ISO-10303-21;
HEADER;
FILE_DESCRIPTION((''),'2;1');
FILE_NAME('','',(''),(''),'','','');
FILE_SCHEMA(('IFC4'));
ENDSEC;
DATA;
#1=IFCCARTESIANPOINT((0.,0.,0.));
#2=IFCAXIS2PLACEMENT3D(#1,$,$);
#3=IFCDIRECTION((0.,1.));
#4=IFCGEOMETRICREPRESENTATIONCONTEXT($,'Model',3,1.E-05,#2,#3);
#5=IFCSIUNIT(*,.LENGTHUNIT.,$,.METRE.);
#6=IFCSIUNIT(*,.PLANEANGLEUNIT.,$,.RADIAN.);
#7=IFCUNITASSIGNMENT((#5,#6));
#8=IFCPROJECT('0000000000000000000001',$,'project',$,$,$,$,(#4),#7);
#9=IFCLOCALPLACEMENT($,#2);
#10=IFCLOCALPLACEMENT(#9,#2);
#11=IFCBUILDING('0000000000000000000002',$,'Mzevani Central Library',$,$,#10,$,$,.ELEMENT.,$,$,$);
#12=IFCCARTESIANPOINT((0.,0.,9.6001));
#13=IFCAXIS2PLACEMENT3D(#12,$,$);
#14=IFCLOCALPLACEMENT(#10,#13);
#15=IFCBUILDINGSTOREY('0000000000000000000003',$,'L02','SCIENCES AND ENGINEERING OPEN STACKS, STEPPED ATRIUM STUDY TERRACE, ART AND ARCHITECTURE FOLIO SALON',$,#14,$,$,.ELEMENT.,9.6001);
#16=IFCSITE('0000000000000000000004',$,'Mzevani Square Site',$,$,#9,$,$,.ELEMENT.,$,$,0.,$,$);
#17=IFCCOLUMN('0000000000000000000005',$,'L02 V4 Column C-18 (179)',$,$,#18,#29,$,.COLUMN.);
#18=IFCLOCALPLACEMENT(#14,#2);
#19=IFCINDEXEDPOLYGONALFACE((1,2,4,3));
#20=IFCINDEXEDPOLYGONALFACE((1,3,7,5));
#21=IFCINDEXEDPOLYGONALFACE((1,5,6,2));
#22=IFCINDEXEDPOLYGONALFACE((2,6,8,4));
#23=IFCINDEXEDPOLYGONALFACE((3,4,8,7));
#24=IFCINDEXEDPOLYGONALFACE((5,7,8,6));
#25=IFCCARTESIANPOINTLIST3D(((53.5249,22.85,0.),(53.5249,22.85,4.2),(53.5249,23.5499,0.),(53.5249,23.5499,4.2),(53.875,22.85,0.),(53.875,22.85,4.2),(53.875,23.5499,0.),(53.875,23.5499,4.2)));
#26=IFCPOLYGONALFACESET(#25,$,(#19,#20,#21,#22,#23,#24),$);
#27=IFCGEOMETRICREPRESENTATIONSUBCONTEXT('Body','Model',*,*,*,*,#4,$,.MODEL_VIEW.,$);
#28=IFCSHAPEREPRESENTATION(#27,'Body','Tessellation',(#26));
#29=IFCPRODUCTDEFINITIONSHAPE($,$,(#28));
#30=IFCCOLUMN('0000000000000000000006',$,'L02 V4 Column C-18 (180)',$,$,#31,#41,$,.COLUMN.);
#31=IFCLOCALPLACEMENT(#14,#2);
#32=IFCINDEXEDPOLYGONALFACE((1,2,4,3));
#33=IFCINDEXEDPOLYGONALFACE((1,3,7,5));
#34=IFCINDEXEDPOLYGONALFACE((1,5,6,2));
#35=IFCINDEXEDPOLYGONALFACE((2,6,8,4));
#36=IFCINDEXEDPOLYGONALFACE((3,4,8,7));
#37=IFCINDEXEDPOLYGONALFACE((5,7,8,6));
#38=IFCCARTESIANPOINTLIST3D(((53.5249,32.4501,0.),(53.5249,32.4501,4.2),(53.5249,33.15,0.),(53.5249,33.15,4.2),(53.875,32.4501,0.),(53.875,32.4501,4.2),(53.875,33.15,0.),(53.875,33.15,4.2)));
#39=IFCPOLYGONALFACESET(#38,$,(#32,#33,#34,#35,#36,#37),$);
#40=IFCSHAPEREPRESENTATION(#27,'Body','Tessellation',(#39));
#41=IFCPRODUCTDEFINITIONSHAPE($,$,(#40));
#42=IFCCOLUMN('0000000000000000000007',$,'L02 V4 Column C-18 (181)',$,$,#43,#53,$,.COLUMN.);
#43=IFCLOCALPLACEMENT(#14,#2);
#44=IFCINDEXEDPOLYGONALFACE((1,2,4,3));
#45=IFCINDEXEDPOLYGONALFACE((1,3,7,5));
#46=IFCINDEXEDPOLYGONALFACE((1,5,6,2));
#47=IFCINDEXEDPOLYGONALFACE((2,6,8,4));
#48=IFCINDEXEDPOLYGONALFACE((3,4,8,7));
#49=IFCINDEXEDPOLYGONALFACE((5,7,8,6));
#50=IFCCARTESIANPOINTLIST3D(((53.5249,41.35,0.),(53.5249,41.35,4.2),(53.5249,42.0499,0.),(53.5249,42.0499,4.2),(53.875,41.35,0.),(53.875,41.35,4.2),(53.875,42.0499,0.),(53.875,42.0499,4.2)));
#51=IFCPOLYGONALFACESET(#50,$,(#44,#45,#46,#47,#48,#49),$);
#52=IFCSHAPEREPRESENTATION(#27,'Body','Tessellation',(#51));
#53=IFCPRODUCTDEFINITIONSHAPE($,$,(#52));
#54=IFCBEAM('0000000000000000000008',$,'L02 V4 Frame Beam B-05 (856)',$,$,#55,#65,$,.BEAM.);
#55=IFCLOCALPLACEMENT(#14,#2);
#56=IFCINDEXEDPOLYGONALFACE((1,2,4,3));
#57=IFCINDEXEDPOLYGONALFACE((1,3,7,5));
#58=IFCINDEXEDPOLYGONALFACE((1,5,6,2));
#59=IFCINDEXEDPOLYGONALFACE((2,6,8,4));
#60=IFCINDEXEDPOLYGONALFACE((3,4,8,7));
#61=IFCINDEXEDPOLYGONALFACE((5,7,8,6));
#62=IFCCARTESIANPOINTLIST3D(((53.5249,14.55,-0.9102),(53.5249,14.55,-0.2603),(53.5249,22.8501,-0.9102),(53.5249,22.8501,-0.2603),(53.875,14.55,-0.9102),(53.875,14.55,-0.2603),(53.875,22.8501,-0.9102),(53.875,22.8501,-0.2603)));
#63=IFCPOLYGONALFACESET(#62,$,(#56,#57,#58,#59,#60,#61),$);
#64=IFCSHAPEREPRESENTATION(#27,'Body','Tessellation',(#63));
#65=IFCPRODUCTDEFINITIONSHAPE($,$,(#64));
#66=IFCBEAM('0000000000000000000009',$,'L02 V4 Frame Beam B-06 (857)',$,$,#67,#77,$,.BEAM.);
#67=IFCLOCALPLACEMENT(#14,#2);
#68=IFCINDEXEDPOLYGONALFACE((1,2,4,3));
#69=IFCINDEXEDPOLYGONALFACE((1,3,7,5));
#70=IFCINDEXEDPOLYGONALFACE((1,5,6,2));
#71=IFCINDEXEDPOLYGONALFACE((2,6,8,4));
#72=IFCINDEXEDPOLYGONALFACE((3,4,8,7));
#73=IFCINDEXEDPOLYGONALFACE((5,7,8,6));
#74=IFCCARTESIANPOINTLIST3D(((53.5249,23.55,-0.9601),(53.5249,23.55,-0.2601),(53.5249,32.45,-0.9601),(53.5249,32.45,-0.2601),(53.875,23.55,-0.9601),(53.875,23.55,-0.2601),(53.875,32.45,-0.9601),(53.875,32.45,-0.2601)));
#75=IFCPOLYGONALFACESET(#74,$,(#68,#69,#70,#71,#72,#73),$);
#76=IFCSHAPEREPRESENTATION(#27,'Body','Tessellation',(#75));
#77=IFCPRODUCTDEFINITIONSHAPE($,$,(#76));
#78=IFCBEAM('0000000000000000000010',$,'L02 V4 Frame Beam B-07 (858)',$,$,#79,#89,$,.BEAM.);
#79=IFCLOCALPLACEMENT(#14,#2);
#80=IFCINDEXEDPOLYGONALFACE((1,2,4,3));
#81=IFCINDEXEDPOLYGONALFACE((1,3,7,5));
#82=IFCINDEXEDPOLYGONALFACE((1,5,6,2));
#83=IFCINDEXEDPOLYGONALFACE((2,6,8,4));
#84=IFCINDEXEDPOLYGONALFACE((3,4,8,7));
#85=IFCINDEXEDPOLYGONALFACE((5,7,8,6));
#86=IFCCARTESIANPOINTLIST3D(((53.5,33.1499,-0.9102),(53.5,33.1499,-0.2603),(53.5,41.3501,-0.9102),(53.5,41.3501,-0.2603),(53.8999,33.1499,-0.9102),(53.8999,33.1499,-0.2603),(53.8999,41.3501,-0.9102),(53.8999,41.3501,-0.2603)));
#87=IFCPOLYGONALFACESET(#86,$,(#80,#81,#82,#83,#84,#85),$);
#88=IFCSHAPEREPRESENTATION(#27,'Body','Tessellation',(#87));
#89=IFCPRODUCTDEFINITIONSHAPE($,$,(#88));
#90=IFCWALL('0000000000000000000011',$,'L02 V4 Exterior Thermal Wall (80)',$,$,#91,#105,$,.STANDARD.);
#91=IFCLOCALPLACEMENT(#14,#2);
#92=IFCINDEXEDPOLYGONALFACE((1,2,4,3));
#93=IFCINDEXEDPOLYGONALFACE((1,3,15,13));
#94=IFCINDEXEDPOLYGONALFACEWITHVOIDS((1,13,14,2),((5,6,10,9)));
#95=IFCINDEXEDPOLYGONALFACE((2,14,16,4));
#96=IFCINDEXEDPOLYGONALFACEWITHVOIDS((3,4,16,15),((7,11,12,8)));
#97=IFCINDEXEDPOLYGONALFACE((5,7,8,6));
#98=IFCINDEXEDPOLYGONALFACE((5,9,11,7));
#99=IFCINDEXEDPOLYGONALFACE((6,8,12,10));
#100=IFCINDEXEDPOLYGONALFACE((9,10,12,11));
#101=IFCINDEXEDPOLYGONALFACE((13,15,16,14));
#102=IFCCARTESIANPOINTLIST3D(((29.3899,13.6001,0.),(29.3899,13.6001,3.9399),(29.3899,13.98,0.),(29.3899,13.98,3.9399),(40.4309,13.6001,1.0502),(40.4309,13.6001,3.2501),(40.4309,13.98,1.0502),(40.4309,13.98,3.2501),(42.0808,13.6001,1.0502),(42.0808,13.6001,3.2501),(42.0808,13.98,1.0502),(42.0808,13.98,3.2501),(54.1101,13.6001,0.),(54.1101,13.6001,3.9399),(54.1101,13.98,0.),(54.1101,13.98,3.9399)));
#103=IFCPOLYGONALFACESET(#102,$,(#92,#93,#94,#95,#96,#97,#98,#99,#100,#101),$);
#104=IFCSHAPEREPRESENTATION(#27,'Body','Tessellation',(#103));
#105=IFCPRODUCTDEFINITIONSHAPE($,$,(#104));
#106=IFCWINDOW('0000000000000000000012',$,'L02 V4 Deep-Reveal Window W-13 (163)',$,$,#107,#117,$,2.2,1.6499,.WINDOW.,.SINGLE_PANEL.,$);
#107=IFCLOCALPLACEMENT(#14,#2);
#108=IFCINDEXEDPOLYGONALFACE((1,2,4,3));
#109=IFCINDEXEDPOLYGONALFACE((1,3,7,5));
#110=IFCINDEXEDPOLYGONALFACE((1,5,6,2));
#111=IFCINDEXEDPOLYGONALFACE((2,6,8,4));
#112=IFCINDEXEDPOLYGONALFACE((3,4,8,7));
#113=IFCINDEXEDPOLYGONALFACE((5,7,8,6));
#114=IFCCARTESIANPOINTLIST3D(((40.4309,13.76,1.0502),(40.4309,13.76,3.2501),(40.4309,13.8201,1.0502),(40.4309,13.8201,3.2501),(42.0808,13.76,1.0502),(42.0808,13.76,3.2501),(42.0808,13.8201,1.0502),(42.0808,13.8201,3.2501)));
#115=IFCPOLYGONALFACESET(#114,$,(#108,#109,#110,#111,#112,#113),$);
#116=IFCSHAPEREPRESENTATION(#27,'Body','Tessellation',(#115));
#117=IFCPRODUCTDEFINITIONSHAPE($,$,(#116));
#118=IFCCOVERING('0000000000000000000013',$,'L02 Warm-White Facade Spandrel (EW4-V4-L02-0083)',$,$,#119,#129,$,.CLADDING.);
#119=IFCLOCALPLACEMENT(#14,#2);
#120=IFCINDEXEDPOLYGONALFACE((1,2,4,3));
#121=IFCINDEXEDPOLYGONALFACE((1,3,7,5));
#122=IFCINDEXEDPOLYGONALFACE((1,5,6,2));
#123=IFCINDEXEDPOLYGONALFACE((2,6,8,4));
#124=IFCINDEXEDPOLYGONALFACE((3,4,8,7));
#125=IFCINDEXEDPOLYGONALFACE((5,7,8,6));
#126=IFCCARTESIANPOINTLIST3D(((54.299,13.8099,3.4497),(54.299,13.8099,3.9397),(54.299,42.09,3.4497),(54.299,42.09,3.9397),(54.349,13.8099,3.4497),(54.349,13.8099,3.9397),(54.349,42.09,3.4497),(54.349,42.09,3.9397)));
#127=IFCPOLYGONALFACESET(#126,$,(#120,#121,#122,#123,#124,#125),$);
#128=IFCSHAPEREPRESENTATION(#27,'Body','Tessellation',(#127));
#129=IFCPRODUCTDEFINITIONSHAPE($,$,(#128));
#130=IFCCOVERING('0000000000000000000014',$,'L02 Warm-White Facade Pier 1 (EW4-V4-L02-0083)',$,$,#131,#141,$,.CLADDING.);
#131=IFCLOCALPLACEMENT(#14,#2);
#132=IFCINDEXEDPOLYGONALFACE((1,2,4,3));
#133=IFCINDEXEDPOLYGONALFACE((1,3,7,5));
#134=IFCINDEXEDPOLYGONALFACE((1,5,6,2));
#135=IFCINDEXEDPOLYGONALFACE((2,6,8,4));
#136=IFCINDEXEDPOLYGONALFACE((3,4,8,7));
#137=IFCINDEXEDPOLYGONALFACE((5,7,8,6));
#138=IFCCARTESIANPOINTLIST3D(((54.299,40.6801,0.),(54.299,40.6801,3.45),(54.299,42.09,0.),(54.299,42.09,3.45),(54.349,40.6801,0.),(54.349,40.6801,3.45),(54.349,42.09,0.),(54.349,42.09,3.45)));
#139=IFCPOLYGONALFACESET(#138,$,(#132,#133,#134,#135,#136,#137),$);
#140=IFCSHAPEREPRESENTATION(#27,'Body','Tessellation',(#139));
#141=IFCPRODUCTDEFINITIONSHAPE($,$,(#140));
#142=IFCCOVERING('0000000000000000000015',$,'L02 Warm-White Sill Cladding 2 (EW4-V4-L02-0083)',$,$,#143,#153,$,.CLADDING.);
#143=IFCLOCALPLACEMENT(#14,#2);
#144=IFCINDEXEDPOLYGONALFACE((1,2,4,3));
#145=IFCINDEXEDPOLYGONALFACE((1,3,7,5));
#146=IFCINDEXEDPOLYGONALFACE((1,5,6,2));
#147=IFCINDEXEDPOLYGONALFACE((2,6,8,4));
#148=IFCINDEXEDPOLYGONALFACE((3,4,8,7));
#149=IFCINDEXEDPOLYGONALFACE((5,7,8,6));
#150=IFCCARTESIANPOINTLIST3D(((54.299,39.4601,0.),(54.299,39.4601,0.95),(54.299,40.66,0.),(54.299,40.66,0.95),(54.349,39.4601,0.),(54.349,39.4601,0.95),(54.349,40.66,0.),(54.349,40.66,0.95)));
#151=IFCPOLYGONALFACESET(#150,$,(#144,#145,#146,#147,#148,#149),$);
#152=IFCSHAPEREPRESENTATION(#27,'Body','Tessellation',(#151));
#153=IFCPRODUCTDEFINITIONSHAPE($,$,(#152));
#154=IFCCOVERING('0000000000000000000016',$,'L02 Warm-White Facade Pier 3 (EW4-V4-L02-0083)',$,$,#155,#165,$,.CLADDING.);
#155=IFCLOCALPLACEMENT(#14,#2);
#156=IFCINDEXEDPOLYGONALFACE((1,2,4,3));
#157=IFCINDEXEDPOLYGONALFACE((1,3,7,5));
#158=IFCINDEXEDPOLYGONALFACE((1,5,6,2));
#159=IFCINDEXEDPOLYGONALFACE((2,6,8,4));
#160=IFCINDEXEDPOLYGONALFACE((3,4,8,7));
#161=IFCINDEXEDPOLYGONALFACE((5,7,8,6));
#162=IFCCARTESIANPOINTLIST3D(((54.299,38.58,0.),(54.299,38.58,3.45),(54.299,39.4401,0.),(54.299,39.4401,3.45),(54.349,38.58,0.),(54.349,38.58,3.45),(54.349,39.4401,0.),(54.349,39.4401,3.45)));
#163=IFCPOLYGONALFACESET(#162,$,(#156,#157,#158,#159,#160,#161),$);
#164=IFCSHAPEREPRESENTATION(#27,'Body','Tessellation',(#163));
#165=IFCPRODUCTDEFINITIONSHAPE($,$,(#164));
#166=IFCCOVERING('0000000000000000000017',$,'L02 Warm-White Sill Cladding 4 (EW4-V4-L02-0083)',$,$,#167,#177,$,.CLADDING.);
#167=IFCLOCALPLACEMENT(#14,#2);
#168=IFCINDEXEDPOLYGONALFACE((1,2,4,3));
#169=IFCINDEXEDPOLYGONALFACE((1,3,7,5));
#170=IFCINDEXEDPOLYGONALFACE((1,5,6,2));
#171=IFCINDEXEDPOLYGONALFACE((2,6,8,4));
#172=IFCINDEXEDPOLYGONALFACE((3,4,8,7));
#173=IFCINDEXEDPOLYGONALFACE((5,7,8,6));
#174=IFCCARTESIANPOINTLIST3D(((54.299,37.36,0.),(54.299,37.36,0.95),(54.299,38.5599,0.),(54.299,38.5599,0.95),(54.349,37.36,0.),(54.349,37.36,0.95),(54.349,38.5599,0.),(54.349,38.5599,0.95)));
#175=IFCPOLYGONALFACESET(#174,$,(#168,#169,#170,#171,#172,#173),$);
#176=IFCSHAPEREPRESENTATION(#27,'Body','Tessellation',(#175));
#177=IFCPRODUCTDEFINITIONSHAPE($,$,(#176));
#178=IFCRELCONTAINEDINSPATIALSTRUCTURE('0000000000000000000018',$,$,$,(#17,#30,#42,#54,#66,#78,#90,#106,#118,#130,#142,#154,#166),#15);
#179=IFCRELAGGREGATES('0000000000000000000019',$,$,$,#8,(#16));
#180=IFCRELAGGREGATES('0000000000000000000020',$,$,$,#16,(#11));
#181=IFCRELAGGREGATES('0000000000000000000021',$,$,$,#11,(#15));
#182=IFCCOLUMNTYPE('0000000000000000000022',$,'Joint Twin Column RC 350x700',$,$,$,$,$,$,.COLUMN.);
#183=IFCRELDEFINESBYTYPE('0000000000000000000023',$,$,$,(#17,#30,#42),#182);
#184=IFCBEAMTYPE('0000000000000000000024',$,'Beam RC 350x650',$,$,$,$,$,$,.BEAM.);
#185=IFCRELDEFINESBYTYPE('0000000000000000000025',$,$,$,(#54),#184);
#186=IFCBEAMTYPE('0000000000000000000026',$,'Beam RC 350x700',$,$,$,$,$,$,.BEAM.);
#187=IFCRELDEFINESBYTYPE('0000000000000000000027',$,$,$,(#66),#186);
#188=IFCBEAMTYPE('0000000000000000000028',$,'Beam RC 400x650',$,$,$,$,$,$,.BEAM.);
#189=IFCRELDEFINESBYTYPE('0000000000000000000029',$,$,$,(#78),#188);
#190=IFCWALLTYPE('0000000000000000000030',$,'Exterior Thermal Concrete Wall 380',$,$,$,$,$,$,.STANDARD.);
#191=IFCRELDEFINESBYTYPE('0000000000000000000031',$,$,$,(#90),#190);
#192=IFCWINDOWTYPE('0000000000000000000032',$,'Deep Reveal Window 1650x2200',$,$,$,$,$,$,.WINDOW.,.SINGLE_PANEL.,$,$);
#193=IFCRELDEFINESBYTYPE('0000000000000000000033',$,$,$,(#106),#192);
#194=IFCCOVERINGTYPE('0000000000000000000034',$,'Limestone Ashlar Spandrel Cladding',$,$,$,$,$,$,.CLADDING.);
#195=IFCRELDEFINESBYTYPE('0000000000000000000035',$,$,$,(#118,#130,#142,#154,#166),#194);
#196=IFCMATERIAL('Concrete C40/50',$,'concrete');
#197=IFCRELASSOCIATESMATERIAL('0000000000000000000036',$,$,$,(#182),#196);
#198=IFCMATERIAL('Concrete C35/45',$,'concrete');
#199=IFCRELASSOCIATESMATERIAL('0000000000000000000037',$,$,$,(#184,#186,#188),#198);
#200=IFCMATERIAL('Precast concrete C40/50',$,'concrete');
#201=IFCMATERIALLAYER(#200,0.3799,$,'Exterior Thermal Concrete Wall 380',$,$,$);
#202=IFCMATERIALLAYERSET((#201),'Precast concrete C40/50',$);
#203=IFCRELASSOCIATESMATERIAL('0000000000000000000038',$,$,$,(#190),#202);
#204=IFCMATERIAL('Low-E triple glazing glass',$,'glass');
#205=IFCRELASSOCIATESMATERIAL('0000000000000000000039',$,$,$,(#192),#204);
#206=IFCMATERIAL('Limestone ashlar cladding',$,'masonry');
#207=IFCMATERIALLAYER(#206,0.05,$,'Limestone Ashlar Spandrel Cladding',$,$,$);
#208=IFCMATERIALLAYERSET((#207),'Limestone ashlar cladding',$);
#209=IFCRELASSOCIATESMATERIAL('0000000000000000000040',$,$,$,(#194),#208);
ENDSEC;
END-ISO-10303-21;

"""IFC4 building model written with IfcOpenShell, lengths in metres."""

from ifc_helpers import new_model, si_unit, direction, frame, frame_2d, origin, origin_2d, place, context, subcontext, project, spatial, rectangle, extrude, material, layer, layer_set, material_profile, profile_set, type_object, element, fill, save


model = new_model("IFC4")

# Units and contexts
model_context = context("Model", 3, precision=1e-05, world=origin(), true_north=direction((0.0, 1.0)))
body_context = subcontext(model_context, "Body", "Model", "MODEL_VIEW")
ifc_project = project(units=[si_unit("LENGTHUNIT", "METRE"), si_unit("PLANEANGLEUNIT", "RADIAN")], contexts=[model_context])

# Site, building, storey
site_placement = place(None, origin())
site = spatial("IfcSite", under=ifc_project, at=site_placement, Name="Mzevani Square Site", CompositionType="ELEMENT", RefElevation=0.0)
building_placement = place(site_placement, origin())
building = spatial("IfcBuilding", under=site, at=building_placement, Name="Mzevani Central Library", CompositionType="ELEMENT")
storey_placement = place(building_placement, frame((0.0, 0.0, 9.6001)))
storey = spatial("IfcBuildingStorey", under=building, at=storey_placement, Name="L02", Description="SCIENCES AND ENGINEERING OPEN STACKS, STEPPED ATRIUM STUDY TERRACE, ART AND ARCHITECTURE FOLIO SALON", CompositionType="ELEMENT", Elevation=9.6001)

# Columns
ifc_material_1 = material(Name="Concrete C40/50", Category="concrete")
ifc_material_profile_1 = material_profile(ifc_material_1, rectangle(XDim=0.3501, YDim=0.7, at=origin_2d()), Name="RC 350x700")
ifc_profile_set_1 = profile_set([ifc_material_profile_1], Name="Concrete C40/50")
column_type = type_object("IfcColumnType", Name="Joint Twin Column RC 350x700", PredefinedType="COLUMN", material=ifc_profile_set_1)
for number, where, z_axis, x_axis, name in (
    (1, (53.7, 23.2, 0.0), (0.0, 0.0, 1.0), (1.0, 0.0, 0.0), "L02 V4 Column C-18 (179)"),
    (2, (53.7, 32.8, 0.0), (0.0, 0.0, 1.0), (1.0, 0.0, 0.0), "L02 V4 Column C-18 (180)"),
    (3, (53.7, 41.7, 0.0), (0.0, 0.0, 1.0), (1.0, 0.0, 0.0), "L02 V4 Column C-18 (181)"),
):
    element("IfcColumn", number, at=place(storey_placement, frame(where, z_axis=z_axis, x_axis=x_axis)), inside=storey, type_object=column_type, Name=name, PredefinedType="COLUMN", context=body_context, shape_type="SweptSolid", body=[
        extrude(rectangle(XDim=0.3501, YDim=0.7, at=origin_2d()), origin(), (0.0, 0.0, 1.0), 4.2),
    ])

# Beams
ifc_material_2 = material(Name="Concrete C35/45", Category="concrete")
ifc_material_profile_2 = material_profile(ifc_material_2, rectangle(XDim=0.3501, YDim=0.6499, at=origin_2d()), Name="RC B350x650")
ifc_profile_set_2 = profile_set([ifc_material_profile_2], Name="Concrete C35/45")
beam_type_1 = type_object("IfcBeamType", Name="Beam RC 350x650", PredefinedType="BEAM", material=ifc_profile_set_2)
beam_1_placement = place(storey_placement, frame((53.7, 14.55, -0.5852), z_axis=(0.0, 1.0, 0.0), x_axis=(-1.0, 0.0, 0.0)))
element("IfcBeam", 4, at=beam_1_placement, inside=storey, type_object=beam_type_1, Name="L02 V4 Frame Beam B-05 (856)", PredefinedType="BEAM", context=body_context, shape_type="SweptSolid", body=[
    extrude(rectangle(XDim=0.3501, YDim=0.6499, at=origin_2d()), origin(), (0.0, 0.0, 1.0), 8.3),
])
ifc_material_profile_3 = material_profile(ifc_material_2, rectangle(XDim=0.3501, YDim=0.7, at=origin_2d()), Name="RC B350x700")
ifc_profile_set_3 = profile_set([ifc_material_profile_3], Name="Concrete C35/45")
beam_type_2 = type_object("IfcBeamType", Name="Beam RC 350x700", PredefinedType="BEAM", material=ifc_profile_set_3)
beam_2_placement = place(storey_placement, frame((53.7, 23.55, -0.6101), z_axis=(0.0, 1.0, 0.0), x_axis=(-1.0, 0.0, 0.0)))
element("IfcBeam", 5, at=beam_2_placement, inside=storey, type_object=beam_type_2, Name="L02 V4 Frame Beam B-06 (857)", PredefinedType="BEAM", context=body_context, shape_type="SweptSolid", body=[
    extrude(rectangle(XDim=0.3501, YDim=0.7, at=origin_2d()), origin(), (0.0, 0.0, 1.0), 8.8999),
])
ifc_material_profile_4 = material_profile(ifc_material_2, rectangle(XDim=0.3999, YDim=0.6499, at=origin_2d()), Name="RC B400x650")
ifc_profile_set_4 = profile_set([ifc_material_profile_4], Name="Concrete C35/45")
beam_type_3 = type_object("IfcBeamType", Name="Beam RC 400x650", PredefinedType="BEAM", material=ifc_profile_set_4)
beam_3_placement = place(storey_placement, frame((53.7, 33.1499, -0.5852), z_axis=(0.0, 1.0, 0.0), x_axis=(-1.0, 0.0, 0.0)))
element("IfcBeam", 6, at=beam_3_placement, inside=storey, type_object=beam_type_3, Name="L02 V4 Frame Beam B-07 (858)", PredefinedType="BEAM", context=body_context, shape_type="SweptSolid", body=[
    extrude(rectangle(XDim=0.3999, YDim=0.6499, at=origin_2d()), origin(), (0.0, 0.0, 1.0), 8.2002),
])

# Wall, opening, window
ifc_material_3 = material(Name="Precast concrete C40/50", Category="concrete")
ifc_layer_1 = layer(ifc_material_3, 0.3799, Name="Exterior Thermal Concrete Wall 380")
ifc_layer_set_1 = layer_set([ifc_layer_1], Name="Precast concrete C40/50")
wall_type = type_object("IfcWallType", Name="Exterior Thermal Concrete Wall 380", PredefinedType="STANDARD", material=ifc_layer_set_1)
wall_placement = place(storey_placement, frame((54.1101, 13.79, 0.0), z_axis=(0.0, 0.0, 1.0), x_axis=(-1.0, 0.0, 0.0)))
wall = element("IfcWall", 7, at=wall_placement, inside=storey, type_object=wall_type, Name="L02 V4 Exterior Thermal Wall (80)", PredefinedType="STANDARD", context=body_context, shape_type="SweptSolid", body=[
    extrude(rectangle(XDim=24.7202, YDim=0.3799, at=frame_2d((12.3601, 0.0))), origin(), (0.0, 0.0, 1.0), 3.9399),
])
opening_placement = place(wall_placement, frame((12.0293, 0.0, 1.05)))
opening = element("IfcOpeningElement", 8, at=opening_placement, cuts=wall, PredefinedType="OPENING", context=body_context, shape_type="SweptSolid", body=[
    extrude(rectangle(XDim=1.6499, YDim=2.2, at=frame_2d((0.825, 1.1001))), frame((0.0, 0.2, 0.0), z_axis=(0.0, -1.0, 0.0), x_axis=(1.0, 0.0, 0.0)), (0.0, 0.0, 1.0), 0.3999),
])
ifc_material_4 = material(Name="Low-E triple glazing glass", Category="glass")
window_type = type_object("IfcWindowType", Name="Deep Reveal Window 1650x2200", PartitioningType="SINGLE_PANEL", PredefinedType="WINDOW", material=ifc_material_4)
window_placement = place(opening_placement, origin())
window = element("IfcWindow", 9, at=window_placement, inside=storey, type_object=window_type, Name="L02 V4 Deep-Reveal Window W-13 (163)", OverallHeight=2.2, OverallWidth=1.6499, PartitioningType="SINGLE_PANEL", PredefinedType="WINDOW", context=body_context, shape_type="SweptSolid", body=[
    extrude(rectangle(XDim=1.6499, YDim=2.2, at=frame_2d((0.825, 1.1001))), frame((0.0, 0.03, 0.0), z_axis=(0.0, -1.0, 0.0), x_axis=(1.0, 0.0, 0.0)), (0.0, 0.0, 1.0), 0.0601),
])
fill(opening, window)

# Coverings
ifc_material_5 = material(Name="Limestone ashlar cladding", Category="masonry")
ifc_layer_2 = layer(ifc_material_5, 0.05, Name="Limestone Ashlar Spandrel Cladding")
ifc_layer_set_2 = layer_set([ifc_layer_2], Name="Limestone ashlar cladding")
covering_type = type_object("IfcCoveringType", Name="Limestone Ashlar Spandrel Cladding", PredefinedType="CLADDING", material=ifc_layer_set_2)
covering_1_placement = place(storey_placement, frame((54.324, 27.95, 3.4497), z_axis=(0.0, 0.0, 1.0), x_axis=(0.0, -1.0, 0.0)))
element("IfcCovering", 10, at=covering_1_placement, inside=storey, type_object=covering_type, Name="L02 Warm-White Facade Spandrel (EW4-V4-L02-0083)", PredefinedType="CLADDING", context=body_context, shape_type="SweptSolid", body=[
    extrude(rectangle(XDim=28.28, YDim=0.05, at=origin_2d()), origin(), (0.0, 0.0, 1.0), 0.49),
])
covering_2_placement = place(storey_placement, frame((54.324, 41.385, 0.0), z_axis=(0.0, 0.0, 1.0), x_axis=(0.0, -1.0, 0.0)))
element("IfcCovering", 11, at=covering_2_placement, inside=storey, type_object=covering_type, Name="L02 Warm-White Facade Pier 1 (EW4-V4-L02-0083)", PredefinedType="CLADDING", context=body_context, shape_type="SweptSolid", body=[
    extrude(rectangle(XDim=1.4099, YDim=0.05, at=origin_2d()), origin(), (0.0, 0.0, 1.0), 3.45),
])
covering_3_placement = place(storey_placement, frame((54.324, 40.0601, 0.0), z_axis=(0.0, 0.0, 1.0), x_axis=(0.0, -1.0, 0.0)))
element("IfcCovering", 12, at=covering_3_placement, inside=storey, type_object=covering_type, Name="L02 Warm-White Sill Cladding 2 (EW4-V4-L02-0083)", PredefinedType="CLADDING", context=body_context, shape_type="SweptSolid", body=[
    extrude(rectangle(XDim=1.2, YDim=0.05, at=origin_2d()), origin(), (0.0, 0.0, 1.0), 0.95),
])
covering_4_placement = place(storey_placement, frame((54.324, 39.01, 0.0), z_axis=(0.0, 0.0, 1.0), x_axis=(0.0, -1.0, 0.0)))
element("IfcCovering", 13, at=covering_4_placement, inside=storey, type_object=covering_type, Name="L02 Warm-White Facade Pier 3 (EW4-V4-L02-0083)", PredefinedType="CLADDING", context=body_context, shape_type="SweptSolid", body=[
    extrude(rectangle(XDim=0.8601, YDim=0.05, at=origin_2d()), origin(), (0.0, 0.0, 1.0), 3.45),
])
covering_5_placement = place(storey_placement, frame((54.324, 37.96, 0.0), z_axis=(0.0, 0.0, 1.0), x_axis=(0.0, -1.0, 0.0)))
element("IfcCovering", 14, at=covering_5_placement, inside=storey, type_object=covering_type, Name="L02 Warm-White Sill Cladding 4 (EW4-V4-L02-0083)", PredefinedType="CLADDING", context=body_context, shape_type="SweptSolid", body=[
    extrude(rectangle(XDim=1.2, YDim=0.05, at=origin_2d()), origin(), (0.0, 0.0, 1.0), 0.95),
])

save(model, "model.ifc")
